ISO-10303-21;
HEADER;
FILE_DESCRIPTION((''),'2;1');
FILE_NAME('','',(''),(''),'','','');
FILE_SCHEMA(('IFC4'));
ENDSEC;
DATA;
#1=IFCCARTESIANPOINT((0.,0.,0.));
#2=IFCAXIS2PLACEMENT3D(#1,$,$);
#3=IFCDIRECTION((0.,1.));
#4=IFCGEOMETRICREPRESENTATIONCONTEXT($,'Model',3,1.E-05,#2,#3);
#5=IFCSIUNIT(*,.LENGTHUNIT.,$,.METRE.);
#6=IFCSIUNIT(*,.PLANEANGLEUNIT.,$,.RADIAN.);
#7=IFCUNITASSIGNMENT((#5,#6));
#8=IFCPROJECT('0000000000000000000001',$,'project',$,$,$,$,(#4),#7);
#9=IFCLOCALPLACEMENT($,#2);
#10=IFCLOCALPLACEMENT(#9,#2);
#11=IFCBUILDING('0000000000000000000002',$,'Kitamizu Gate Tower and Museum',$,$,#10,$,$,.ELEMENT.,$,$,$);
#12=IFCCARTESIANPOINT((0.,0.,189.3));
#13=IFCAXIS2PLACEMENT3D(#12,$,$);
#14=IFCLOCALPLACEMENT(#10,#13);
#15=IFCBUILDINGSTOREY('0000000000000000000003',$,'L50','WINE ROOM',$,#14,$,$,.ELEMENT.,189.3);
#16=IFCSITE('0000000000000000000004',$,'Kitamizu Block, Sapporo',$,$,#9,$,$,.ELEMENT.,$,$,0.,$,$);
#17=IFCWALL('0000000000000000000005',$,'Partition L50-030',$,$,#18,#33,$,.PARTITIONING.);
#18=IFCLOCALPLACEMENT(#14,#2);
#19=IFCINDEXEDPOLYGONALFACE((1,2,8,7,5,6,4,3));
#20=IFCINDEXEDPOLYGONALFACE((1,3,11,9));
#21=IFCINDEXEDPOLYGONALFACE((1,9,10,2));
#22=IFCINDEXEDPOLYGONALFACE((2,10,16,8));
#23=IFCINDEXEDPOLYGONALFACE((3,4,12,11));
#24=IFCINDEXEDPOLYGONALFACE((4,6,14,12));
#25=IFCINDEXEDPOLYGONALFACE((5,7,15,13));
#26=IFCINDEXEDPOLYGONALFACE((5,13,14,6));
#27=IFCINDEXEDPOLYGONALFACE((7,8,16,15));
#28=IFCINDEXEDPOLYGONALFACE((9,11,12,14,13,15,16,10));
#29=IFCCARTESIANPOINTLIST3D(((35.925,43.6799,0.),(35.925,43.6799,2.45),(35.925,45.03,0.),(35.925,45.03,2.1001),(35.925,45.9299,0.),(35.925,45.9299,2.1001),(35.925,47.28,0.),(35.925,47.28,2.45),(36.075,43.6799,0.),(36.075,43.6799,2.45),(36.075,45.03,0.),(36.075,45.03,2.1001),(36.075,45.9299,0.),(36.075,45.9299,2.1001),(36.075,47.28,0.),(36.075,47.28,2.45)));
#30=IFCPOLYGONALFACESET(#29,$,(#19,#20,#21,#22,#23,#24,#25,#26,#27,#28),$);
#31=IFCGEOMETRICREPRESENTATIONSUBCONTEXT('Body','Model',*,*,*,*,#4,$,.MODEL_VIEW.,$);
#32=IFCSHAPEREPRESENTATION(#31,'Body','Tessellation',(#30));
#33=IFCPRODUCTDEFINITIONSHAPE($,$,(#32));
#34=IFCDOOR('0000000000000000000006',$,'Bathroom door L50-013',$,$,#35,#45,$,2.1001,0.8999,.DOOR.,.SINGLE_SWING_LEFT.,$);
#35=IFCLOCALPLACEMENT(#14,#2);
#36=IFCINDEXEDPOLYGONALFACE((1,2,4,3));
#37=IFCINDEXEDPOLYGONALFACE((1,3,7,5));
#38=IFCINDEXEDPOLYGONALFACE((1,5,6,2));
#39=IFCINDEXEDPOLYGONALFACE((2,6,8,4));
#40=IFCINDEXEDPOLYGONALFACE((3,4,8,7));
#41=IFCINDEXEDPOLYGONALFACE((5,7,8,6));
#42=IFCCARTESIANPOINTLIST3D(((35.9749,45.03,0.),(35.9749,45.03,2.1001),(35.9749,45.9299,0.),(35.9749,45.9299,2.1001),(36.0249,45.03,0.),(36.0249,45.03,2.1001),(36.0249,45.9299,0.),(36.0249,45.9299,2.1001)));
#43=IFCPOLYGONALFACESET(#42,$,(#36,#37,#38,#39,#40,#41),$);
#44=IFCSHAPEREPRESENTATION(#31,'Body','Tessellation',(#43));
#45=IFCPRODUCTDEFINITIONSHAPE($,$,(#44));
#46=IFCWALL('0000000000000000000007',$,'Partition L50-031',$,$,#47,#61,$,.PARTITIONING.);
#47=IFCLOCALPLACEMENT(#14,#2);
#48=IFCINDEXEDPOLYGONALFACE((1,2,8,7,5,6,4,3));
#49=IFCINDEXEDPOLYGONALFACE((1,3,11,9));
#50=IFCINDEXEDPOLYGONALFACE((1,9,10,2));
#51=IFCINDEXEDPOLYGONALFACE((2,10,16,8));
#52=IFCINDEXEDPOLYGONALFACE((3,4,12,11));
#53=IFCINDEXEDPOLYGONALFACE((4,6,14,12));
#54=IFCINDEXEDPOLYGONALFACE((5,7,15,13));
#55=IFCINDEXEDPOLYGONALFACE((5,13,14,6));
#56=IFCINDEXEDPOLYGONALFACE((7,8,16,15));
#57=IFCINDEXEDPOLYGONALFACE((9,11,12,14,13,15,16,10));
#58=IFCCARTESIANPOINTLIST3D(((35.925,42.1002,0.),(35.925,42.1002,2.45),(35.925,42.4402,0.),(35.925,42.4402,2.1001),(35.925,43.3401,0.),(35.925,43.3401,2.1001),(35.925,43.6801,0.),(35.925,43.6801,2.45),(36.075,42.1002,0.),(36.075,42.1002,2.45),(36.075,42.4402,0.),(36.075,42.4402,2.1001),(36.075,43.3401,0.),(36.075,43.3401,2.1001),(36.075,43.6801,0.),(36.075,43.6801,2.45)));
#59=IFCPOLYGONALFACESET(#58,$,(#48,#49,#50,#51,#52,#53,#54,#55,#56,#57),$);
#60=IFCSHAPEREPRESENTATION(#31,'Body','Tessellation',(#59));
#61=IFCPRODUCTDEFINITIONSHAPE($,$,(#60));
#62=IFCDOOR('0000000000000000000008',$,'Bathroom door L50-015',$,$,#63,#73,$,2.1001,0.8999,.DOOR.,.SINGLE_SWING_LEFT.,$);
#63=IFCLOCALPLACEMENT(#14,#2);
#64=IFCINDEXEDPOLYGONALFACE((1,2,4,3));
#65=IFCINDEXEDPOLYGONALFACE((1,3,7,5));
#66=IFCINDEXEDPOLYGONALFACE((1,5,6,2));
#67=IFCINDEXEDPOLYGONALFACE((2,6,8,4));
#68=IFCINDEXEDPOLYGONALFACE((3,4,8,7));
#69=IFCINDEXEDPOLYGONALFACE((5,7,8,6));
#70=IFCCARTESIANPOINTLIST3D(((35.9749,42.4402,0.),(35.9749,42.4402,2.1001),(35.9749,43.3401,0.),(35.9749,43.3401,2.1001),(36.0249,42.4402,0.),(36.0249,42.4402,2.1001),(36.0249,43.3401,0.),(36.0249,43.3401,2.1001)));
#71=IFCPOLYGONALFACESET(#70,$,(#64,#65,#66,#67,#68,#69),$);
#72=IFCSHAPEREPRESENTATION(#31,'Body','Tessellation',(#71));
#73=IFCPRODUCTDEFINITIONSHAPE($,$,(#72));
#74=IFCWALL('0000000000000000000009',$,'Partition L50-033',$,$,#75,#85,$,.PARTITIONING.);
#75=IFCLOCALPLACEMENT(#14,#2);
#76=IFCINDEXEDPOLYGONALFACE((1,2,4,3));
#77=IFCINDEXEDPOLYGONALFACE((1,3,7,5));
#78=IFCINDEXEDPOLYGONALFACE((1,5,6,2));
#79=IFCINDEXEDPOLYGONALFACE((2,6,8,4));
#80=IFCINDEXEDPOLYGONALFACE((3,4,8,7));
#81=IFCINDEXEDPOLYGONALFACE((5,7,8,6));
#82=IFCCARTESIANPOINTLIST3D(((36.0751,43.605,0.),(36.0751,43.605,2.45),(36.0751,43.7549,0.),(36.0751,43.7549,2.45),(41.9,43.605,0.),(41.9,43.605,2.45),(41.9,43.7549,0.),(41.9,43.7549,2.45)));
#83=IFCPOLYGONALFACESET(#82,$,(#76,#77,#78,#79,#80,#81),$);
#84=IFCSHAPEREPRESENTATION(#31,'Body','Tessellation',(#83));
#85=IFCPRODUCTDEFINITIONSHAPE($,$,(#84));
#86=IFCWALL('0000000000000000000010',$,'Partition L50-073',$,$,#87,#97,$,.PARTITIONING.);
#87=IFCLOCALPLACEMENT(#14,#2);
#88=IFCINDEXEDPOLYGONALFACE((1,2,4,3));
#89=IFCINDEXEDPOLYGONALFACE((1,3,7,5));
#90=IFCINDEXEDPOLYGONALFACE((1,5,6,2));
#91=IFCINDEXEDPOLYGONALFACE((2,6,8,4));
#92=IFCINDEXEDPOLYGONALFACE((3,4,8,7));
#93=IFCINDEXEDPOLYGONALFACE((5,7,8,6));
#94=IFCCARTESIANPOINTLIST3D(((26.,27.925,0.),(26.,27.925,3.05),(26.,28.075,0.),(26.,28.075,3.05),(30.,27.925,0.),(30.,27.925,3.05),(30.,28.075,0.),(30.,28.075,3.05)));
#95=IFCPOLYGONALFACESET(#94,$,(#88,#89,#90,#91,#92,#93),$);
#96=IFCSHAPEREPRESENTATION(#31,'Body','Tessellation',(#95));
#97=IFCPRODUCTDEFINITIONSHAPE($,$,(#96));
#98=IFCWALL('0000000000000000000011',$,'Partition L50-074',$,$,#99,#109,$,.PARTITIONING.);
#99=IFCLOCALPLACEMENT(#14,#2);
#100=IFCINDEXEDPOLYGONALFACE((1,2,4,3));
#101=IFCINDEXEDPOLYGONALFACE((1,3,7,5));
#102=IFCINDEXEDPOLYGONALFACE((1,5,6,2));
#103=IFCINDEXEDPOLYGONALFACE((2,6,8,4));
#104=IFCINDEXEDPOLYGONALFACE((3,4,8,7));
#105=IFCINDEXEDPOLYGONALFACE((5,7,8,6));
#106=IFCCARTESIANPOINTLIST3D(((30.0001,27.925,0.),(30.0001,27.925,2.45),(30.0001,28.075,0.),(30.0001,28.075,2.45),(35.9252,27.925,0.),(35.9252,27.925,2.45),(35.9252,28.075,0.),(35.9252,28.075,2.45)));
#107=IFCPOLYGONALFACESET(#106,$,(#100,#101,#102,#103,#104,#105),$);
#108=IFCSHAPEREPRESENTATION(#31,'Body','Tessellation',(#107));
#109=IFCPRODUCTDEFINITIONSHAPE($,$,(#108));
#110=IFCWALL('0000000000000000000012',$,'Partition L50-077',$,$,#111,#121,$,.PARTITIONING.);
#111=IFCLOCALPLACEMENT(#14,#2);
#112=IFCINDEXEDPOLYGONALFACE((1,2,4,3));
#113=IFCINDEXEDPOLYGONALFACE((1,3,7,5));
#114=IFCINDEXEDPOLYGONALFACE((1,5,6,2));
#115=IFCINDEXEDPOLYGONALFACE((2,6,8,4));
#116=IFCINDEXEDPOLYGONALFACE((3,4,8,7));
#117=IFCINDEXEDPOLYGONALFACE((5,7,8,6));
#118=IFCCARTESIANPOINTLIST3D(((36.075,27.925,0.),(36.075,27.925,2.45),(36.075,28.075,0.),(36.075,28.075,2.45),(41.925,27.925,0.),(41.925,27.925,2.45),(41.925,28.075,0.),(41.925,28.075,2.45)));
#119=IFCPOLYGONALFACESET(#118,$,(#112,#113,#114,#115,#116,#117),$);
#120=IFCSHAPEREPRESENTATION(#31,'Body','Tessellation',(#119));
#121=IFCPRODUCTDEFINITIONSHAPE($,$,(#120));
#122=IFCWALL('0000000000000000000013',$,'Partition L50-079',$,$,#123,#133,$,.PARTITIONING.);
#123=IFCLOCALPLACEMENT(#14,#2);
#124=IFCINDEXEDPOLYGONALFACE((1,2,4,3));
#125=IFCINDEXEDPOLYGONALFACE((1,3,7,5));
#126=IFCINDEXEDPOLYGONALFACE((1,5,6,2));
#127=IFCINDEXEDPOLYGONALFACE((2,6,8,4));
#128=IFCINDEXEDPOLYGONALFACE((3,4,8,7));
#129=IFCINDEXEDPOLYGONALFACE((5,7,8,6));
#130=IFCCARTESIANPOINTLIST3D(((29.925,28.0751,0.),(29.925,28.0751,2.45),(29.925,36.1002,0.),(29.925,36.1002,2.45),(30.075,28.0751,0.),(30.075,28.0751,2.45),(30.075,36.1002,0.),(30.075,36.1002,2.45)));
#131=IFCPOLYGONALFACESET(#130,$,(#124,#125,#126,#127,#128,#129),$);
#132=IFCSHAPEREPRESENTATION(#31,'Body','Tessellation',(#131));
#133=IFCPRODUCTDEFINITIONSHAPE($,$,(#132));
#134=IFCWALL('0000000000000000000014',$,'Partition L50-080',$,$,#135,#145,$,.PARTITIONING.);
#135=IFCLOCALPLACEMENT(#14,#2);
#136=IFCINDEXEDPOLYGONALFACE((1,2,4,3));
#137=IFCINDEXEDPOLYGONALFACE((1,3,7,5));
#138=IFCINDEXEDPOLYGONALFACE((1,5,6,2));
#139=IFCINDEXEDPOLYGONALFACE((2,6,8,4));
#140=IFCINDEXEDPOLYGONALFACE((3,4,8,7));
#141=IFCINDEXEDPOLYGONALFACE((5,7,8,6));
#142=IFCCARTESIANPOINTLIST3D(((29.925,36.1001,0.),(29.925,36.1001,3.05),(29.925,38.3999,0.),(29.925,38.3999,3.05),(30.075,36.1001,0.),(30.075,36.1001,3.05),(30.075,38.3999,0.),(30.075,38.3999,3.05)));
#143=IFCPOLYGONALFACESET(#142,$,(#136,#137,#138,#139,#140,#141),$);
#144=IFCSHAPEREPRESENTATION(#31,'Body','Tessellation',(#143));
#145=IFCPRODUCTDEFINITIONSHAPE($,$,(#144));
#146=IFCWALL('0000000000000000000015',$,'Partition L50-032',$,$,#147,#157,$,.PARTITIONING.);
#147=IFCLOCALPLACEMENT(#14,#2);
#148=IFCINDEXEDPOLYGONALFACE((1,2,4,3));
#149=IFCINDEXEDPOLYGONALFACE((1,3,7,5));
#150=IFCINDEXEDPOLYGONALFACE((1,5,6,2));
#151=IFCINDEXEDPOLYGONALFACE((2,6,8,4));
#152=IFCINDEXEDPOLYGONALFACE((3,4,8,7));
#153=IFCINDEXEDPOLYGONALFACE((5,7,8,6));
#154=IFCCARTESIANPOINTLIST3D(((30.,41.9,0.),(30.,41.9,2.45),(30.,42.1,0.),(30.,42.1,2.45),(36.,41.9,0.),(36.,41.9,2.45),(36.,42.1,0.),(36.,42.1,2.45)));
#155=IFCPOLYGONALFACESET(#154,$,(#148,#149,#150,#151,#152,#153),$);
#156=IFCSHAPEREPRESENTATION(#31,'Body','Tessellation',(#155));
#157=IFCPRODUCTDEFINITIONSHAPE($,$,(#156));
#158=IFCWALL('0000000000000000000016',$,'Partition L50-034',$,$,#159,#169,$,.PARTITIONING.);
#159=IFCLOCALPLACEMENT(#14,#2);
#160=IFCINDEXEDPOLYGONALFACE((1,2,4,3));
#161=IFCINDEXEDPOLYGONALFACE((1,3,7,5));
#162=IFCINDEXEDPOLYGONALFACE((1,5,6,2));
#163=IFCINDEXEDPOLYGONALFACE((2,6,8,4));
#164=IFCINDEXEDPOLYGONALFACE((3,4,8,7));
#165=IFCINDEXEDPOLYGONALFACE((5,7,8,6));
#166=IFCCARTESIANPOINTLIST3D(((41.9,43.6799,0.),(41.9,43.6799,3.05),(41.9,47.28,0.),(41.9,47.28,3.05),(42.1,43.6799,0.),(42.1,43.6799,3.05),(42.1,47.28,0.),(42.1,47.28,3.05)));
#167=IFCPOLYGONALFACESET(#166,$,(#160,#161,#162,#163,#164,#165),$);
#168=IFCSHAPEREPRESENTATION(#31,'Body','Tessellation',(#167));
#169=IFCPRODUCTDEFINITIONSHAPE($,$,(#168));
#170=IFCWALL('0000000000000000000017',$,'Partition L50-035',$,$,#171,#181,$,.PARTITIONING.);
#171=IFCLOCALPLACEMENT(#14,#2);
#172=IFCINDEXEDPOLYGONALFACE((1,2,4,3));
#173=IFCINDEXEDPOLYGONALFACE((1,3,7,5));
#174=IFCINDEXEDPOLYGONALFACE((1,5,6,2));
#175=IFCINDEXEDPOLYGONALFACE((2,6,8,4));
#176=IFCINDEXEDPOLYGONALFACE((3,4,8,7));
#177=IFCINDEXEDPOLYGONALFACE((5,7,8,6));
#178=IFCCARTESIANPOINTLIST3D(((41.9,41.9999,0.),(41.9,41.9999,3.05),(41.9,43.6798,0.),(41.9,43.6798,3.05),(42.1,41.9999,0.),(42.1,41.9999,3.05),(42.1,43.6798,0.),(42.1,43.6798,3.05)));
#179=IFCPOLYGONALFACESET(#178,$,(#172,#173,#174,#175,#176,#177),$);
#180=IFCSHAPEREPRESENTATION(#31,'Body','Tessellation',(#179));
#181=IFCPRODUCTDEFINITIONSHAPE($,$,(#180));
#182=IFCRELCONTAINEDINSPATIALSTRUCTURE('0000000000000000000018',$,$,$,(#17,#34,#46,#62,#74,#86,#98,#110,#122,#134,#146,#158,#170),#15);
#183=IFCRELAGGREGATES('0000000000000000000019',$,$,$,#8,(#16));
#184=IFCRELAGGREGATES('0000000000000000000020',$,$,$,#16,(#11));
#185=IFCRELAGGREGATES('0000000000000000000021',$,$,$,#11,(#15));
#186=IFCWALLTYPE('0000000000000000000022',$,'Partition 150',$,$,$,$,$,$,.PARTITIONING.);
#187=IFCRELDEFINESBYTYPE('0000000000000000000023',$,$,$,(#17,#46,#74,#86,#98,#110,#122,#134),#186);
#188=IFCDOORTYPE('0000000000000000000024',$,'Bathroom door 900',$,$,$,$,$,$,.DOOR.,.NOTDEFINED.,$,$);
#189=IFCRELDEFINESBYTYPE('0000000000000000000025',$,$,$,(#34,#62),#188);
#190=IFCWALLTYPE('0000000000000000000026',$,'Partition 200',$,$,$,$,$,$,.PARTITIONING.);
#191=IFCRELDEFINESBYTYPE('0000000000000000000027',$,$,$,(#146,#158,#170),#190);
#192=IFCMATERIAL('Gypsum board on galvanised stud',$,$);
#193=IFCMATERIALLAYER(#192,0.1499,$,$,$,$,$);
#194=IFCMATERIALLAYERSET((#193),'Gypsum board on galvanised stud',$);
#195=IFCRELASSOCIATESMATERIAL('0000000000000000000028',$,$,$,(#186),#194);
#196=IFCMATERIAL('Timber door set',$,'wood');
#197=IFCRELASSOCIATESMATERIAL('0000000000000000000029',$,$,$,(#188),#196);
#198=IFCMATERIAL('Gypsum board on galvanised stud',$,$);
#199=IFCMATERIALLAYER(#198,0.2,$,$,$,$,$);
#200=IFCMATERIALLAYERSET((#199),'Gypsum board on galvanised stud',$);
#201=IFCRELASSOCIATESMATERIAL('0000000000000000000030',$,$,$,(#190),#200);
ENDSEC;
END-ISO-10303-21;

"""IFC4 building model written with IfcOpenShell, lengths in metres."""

from ifc_helpers import new_model, si_unit, direction, frame, frame_2d, origin, place, context, subcontext, project, spatial, rectangle, extrude, material, layer, layer_set, type_object, element, fill, save


model = new_model("IFC4")

# Units and contexts
model_context = context("Model", 3, precision=1e-05, world=origin(), true_north=direction((0.0, 1.0)))
body_context = subcontext(model_context, "Body", "Model", "MODEL_VIEW")
ifc_project = project(units=[si_unit("LENGTHUNIT", "METRE"), si_unit("PLANEANGLEUNIT", "RADIAN")], contexts=[model_context])

# Site, building, storey
site_placement = place(None, origin())
site = spatial("IfcSite", under=ifc_project, at=site_placement, Name="Kitamizu Block, Sapporo", CompositionType="ELEMENT", RefElevation=0.0)
building_placement = place(site_placement, origin())
building = spatial("IfcBuilding", under=site, at=building_placement, Name="Kitamizu Gate Tower and Museum", CompositionType="ELEMENT")
storey_placement = place(building_placement, frame((0.0, 0.0, 189.3)))
storey = spatial("IfcBuildingStorey", under=building, at=storey_placement, Name="L50", Description="WINE ROOM", CompositionType="ELEMENT", Elevation=189.3)

# Walls, openings, doors
ifc_material_1 = material(Name="Gypsum board on galvanised stud")
ifc_layer_1 = layer(ifc_material_1, 0.1499)
ifc_layer_set_1 = layer_set([ifc_layer_1], Name="Gypsum board on galvanised stud")
wall_type_1 = type_object("IfcWallType", Name="Partition 150", PredefinedType="PARTITIONING", material=ifc_layer_set_1)
wall_1_placement = place(storey_placement, frame((36.0, 43.6799, 0.0), z_axis=(0.0, 0.0, 1.0), x_axis=(0.0, 1.0, 0.0)))
wall_1 = element("IfcWall", 1, at=wall_1_placement, inside=storey, type_object=wall_type_1, Name="Partition L50-030", PredefinedType="PARTITIONING", context=body_context, shape_type="SweptSolid", body=[
    extrude(rectangle(XDim=3.6001, YDim=0.1499, at=frame_2d((1.8, 0.0))), origin(), (0.0, 0.0, 1.0), 2.45),
])
opening_1_placement = place(wall_1_placement, frame((1.3501, 0.0, 0.0)))
opening_1 = element("IfcOpeningElement", 2, at=opening_1_placement, cuts=wall_1, PredefinedType="OPENING", context=body_context, shape_type="SweptSolid", body=[
    extrude(rectangle(XDim=0.8999, YDim=2.1001, at=frame_2d((0.45, 1.05))), frame((0.0, 0.085, 0.0), z_axis=(0.0, -1.0, 0.0), x_axis=(1.0, 0.0, 0.0)), (0.0, 0.0, 1.0), 0.1699),
])
ifc_material_2 = material(Name="Timber door set", Category="wood")
door_type_1 = type_object("IfcDoorType", Name="Bathroom door 900", OperationType="NOTDEFINED", PredefinedType="DOOR", material=ifc_material_2)
door_1_placement = place(opening_1_placement, frame((0.8999, 0.0, 0.0), x_axis=(-1.0, 0.0, 0.0)))
door_1 = element("IfcDoor", 3, at=door_1_placement, inside=storey, type_object=door_type_1, Name="Bathroom door L50-013", OperationType="SINGLE_SWING_LEFT", OverallHeight=2.1001, OverallWidth=0.8999, PredefinedType="DOOR", context=body_context, shape_type="SweptSolid", body=[
    extrude(rectangle(XDim=0.8999, YDim=2.1001, at=frame_2d((0.45, 1.05))), frame((0.0, 0.0249, 0.0), z_axis=(0.0, -1.0, 0.0), x_axis=(1.0, 0.0, 0.0)), (0.0, 0.0, 1.0), 0.05),
])
fill(opening_1, door_1)
wall_2_placement = place(storey_placement, frame((36.0, 42.1001, 0.0), z_axis=(0.0, 0.0, 1.0), x_axis=(0.0, 1.0, 0.0)))
wall_2 = element("IfcWall", 4, at=wall_2_placement, inside=storey, type_object=wall_type_1, Name="Partition L50-031", PredefinedType="PARTITIONING", context=body_context, shape_type="SweptSolid", body=[
    extrude(rectangle(XDim=1.5798, YDim=0.1499, at=frame_2d((0.79, 0.0))), origin(), (0.0, 0.0, 1.0), 2.45),
])
opening_2_placement = place(wall_2_placement, frame((0.3401, 0.0, 0.0)))
opening_2 = element("IfcOpeningElement", 5, at=opening_2_placement, cuts=wall_2, PredefinedType="OPENING", context=body_context, shape_type="SweptSolid", body=[
    extrude(rectangle(XDim=0.8999, YDim=2.1001, at=frame_2d((0.45, 1.05))), frame((0.0, 0.085, 0.0), z_axis=(0.0, -1.0, 0.0), x_axis=(1.0, 0.0, 0.0)), (0.0, 0.0, 1.0), 0.1699),
])
door_2_placement = place(opening_2_placement, frame((0.8999, 0.0, 0.0), x_axis=(-1.0, 0.0, 0.0)))
door_2 = element("IfcDoor", 6, at=door_2_placement, inside=storey, type_object=door_type_1, Name="Bathroom door L50-015", OperationType="SINGLE_SWING_LEFT", OverallHeight=2.1001, OverallWidth=0.8999, PredefinedType="DOOR", context=body_context, shape_type="SweptSolid", body=[
    extrude(rectangle(XDim=0.8999, YDim=2.1001, at=frame_2d((0.45, 1.05))), frame((0.0, 0.0249, 0.0), z_axis=(0.0, -1.0, 0.0), x_axis=(1.0, 0.0, 0.0)), (0.0, 0.0, 1.0), 0.05),
])
fill(opening_2, door_2)

# Walls
wall_3_placement = place(storey_placement, frame((36.075, 43.6799, 0.0), z_axis=(0.0, 0.0, 1.0), x_axis=(1.0, 0.0, 0.0)))
element("IfcWall", 7, at=wall_3_placement, inside=storey, type_object=wall_type_1, Name="Partition L50-033", PredefinedType="PARTITIONING", context=body_context, shape_type="SweptSolid", body=[
    extrude(rectangle(XDim=5.825, YDim=0.1499, at=frame_2d((2.9126, 0.0))), origin(), (0.0, 0.0, 1.0), 2.45),
])
wall_4_placement = place(storey_placement, frame((30.0, 28.0, 0.0), z_axis=(0.0, 0.0, 1.0), x_axis=(-1.0, 0.0, 0.0)))
element("IfcWall", 8, at=wall_4_placement, inside=storey, type_object=wall_type_1, Name="Partition L50-073", PredefinedType="PARTITIONING", context=body_context, shape_type="SweptSolid", body=[
    extrude(rectangle(XDim=4.0, YDim=0.1499, at=frame_2d((2.0, 0.0))), origin(), (0.0, 0.0, 1.0), 3.05),
])
wall_5_placement = place(storey_placement, frame((35.925, 28.0, 0.0), z_axis=(0.0, 0.0, 1.0), x_axis=(-1.0, 0.0, 0.0)))
element("IfcWall", 9, at=wall_5_placement, inside=storey, type_object=wall_type_1, Name="Partition L50-074", PredefinedType="PARTITIONING", context=body_context, shape_type="SweptSolid", body=[
    extrude(rectangle(XDim=5.925, YDim=0.1499, at=frame_2d((2.9624, 0.0))), origin(), (0.0, 0.0, 1.0), 2.45),
])
wall_6_placement = place(storey_placement, frame((41.925, 28.0, 0.0), z_axis=(0.0, 0.0, 1.0), x_axis=(-1.0, 0.0, 0.0)))
element("IfcWall", 10, at=wall_6_placement, inside=storey, type_object=wall_type_1, Name="Partition L50-077", PredefinedType="PARTITIONING", context=body_context, shape_type="SweptSolid", body=[
    extrude(rectangle(XDim=5.8501, YDim=0.1499, at=frame_2d((2.925, 0.0))), origin(), (0.0, 0.0, 1.0), 2.45),
])
wall_7_placement = place(storey_placement, frame((30.0, 28.075, 0.0), z_axis=(0.0, 0.0, 1.0), x_axis=(0.0, 1.0, 0.0)))
element("IfcWall", 11, at=wall_7_placement, inside=storey, type_object=wall_type_1, Name="Partition L50-079", PredefinedType="PARTITIONING", context=body_context, shape_type="SweptSolid", body=[
    extrude(rectangle(XDim=8.0251, YDim=0.1499, at=frame_2d((4.0127, 0.0))), origin(), (0.0, 0.0, 1.0), 2.45),
])
wall_8_placement = place(storey_placement, frame((30.0, 36.1001, 0.0), z_axis=(0.0, 0.0, 1.0), x_axis=(0.0, 1.0, 0.0)))
element("IfcWall", 12, at=wall_8_placement, inside=storey, type_object=wall_type_1, Name="Partition L50-080", PredefinedType="PARTITIONING", context=body_context, shape_type="SweptSolid", body=[
    extrude(rectangle(XDim=2.2998, YDim=0.1499, at=frame_2d((1.1499, 0.0))), origin(), (0.0, 0.0, 1.0), 3.05),
])
ifc_material_3 = material(Name="Gypsum board on galvanised stud")
ifc_layer_2 = layer(ifc_material_3, 0.2)
ifc_layer_set_2 = layer_set([ifc_layer_2], Name="Gypsum board on galvanised stud")
wall_type_2 = type_object("IfcWallType", Name="Partition 200", PredefinedType="PARTITIONING", material=ifc_layer_set_2)
wall_9_placement = place(storey_placement, frame((30.0, 42.0, 0.0), z_axis=(0.0, 0.0, 1.0), x_axis=(1.0, 0.0, 0.0)))
element("IfcWall", 13, at=wall_9_placement, inside=storey, type_object=wall_type_2, Name="Partition L50-032", PredefinedType="PARTITIONING", context=body_context, shape_type="SweptSolid", body=[
    extrude(rectangle(XDim=6.0, YDim=0.2, at=frame_2d((3.0, 0.0))), origin(), (0.0, 0.0, 1.0), 2.45),
])
wall_10_placement = place(storey_placement, frame((42.0, 43.6799, 0.0), z_axis=(0.0, 0.0, 1.0), x_axis=(0.0, 1.0, 0.0)))
element("IfcWall", 14, at=wall_10_placement, inside=storey, type_object=wall_type_2, Name="Partition L50-034", PredefinedType="PARTITIONING", context=body_context, shape_type="SweptSolid", body=[
    extrude(rectangle(XDim=3.6001, YDim=0.2, at=frame_2d((1.8, 0.0))), origin(), (0.0, 0.0, 1.0), 3.05),
])
wall_11_placement = place(storey_placement, frame((42.0, 42.0, 0.0), z_axis=(0.0, 0.0, 1.0), x_axis=(0.0, 1.0, 0.0)))
element("IfcWall", 15, at=wall_11_placement, inside=storey, type_object=wall_type_2, Name="Partition L50-035", PredefinedType="PARTITIONING", context=body_context, shape_type="SweptSolid", body=[
    extrude(rectangle(XDim=1.6799, YDim=0.2, at=frame_2d((0.8398, 0.0))), origin(), (0.0, 0.0, 1.0), 3.05),
])

save(model, "model.ifc")
